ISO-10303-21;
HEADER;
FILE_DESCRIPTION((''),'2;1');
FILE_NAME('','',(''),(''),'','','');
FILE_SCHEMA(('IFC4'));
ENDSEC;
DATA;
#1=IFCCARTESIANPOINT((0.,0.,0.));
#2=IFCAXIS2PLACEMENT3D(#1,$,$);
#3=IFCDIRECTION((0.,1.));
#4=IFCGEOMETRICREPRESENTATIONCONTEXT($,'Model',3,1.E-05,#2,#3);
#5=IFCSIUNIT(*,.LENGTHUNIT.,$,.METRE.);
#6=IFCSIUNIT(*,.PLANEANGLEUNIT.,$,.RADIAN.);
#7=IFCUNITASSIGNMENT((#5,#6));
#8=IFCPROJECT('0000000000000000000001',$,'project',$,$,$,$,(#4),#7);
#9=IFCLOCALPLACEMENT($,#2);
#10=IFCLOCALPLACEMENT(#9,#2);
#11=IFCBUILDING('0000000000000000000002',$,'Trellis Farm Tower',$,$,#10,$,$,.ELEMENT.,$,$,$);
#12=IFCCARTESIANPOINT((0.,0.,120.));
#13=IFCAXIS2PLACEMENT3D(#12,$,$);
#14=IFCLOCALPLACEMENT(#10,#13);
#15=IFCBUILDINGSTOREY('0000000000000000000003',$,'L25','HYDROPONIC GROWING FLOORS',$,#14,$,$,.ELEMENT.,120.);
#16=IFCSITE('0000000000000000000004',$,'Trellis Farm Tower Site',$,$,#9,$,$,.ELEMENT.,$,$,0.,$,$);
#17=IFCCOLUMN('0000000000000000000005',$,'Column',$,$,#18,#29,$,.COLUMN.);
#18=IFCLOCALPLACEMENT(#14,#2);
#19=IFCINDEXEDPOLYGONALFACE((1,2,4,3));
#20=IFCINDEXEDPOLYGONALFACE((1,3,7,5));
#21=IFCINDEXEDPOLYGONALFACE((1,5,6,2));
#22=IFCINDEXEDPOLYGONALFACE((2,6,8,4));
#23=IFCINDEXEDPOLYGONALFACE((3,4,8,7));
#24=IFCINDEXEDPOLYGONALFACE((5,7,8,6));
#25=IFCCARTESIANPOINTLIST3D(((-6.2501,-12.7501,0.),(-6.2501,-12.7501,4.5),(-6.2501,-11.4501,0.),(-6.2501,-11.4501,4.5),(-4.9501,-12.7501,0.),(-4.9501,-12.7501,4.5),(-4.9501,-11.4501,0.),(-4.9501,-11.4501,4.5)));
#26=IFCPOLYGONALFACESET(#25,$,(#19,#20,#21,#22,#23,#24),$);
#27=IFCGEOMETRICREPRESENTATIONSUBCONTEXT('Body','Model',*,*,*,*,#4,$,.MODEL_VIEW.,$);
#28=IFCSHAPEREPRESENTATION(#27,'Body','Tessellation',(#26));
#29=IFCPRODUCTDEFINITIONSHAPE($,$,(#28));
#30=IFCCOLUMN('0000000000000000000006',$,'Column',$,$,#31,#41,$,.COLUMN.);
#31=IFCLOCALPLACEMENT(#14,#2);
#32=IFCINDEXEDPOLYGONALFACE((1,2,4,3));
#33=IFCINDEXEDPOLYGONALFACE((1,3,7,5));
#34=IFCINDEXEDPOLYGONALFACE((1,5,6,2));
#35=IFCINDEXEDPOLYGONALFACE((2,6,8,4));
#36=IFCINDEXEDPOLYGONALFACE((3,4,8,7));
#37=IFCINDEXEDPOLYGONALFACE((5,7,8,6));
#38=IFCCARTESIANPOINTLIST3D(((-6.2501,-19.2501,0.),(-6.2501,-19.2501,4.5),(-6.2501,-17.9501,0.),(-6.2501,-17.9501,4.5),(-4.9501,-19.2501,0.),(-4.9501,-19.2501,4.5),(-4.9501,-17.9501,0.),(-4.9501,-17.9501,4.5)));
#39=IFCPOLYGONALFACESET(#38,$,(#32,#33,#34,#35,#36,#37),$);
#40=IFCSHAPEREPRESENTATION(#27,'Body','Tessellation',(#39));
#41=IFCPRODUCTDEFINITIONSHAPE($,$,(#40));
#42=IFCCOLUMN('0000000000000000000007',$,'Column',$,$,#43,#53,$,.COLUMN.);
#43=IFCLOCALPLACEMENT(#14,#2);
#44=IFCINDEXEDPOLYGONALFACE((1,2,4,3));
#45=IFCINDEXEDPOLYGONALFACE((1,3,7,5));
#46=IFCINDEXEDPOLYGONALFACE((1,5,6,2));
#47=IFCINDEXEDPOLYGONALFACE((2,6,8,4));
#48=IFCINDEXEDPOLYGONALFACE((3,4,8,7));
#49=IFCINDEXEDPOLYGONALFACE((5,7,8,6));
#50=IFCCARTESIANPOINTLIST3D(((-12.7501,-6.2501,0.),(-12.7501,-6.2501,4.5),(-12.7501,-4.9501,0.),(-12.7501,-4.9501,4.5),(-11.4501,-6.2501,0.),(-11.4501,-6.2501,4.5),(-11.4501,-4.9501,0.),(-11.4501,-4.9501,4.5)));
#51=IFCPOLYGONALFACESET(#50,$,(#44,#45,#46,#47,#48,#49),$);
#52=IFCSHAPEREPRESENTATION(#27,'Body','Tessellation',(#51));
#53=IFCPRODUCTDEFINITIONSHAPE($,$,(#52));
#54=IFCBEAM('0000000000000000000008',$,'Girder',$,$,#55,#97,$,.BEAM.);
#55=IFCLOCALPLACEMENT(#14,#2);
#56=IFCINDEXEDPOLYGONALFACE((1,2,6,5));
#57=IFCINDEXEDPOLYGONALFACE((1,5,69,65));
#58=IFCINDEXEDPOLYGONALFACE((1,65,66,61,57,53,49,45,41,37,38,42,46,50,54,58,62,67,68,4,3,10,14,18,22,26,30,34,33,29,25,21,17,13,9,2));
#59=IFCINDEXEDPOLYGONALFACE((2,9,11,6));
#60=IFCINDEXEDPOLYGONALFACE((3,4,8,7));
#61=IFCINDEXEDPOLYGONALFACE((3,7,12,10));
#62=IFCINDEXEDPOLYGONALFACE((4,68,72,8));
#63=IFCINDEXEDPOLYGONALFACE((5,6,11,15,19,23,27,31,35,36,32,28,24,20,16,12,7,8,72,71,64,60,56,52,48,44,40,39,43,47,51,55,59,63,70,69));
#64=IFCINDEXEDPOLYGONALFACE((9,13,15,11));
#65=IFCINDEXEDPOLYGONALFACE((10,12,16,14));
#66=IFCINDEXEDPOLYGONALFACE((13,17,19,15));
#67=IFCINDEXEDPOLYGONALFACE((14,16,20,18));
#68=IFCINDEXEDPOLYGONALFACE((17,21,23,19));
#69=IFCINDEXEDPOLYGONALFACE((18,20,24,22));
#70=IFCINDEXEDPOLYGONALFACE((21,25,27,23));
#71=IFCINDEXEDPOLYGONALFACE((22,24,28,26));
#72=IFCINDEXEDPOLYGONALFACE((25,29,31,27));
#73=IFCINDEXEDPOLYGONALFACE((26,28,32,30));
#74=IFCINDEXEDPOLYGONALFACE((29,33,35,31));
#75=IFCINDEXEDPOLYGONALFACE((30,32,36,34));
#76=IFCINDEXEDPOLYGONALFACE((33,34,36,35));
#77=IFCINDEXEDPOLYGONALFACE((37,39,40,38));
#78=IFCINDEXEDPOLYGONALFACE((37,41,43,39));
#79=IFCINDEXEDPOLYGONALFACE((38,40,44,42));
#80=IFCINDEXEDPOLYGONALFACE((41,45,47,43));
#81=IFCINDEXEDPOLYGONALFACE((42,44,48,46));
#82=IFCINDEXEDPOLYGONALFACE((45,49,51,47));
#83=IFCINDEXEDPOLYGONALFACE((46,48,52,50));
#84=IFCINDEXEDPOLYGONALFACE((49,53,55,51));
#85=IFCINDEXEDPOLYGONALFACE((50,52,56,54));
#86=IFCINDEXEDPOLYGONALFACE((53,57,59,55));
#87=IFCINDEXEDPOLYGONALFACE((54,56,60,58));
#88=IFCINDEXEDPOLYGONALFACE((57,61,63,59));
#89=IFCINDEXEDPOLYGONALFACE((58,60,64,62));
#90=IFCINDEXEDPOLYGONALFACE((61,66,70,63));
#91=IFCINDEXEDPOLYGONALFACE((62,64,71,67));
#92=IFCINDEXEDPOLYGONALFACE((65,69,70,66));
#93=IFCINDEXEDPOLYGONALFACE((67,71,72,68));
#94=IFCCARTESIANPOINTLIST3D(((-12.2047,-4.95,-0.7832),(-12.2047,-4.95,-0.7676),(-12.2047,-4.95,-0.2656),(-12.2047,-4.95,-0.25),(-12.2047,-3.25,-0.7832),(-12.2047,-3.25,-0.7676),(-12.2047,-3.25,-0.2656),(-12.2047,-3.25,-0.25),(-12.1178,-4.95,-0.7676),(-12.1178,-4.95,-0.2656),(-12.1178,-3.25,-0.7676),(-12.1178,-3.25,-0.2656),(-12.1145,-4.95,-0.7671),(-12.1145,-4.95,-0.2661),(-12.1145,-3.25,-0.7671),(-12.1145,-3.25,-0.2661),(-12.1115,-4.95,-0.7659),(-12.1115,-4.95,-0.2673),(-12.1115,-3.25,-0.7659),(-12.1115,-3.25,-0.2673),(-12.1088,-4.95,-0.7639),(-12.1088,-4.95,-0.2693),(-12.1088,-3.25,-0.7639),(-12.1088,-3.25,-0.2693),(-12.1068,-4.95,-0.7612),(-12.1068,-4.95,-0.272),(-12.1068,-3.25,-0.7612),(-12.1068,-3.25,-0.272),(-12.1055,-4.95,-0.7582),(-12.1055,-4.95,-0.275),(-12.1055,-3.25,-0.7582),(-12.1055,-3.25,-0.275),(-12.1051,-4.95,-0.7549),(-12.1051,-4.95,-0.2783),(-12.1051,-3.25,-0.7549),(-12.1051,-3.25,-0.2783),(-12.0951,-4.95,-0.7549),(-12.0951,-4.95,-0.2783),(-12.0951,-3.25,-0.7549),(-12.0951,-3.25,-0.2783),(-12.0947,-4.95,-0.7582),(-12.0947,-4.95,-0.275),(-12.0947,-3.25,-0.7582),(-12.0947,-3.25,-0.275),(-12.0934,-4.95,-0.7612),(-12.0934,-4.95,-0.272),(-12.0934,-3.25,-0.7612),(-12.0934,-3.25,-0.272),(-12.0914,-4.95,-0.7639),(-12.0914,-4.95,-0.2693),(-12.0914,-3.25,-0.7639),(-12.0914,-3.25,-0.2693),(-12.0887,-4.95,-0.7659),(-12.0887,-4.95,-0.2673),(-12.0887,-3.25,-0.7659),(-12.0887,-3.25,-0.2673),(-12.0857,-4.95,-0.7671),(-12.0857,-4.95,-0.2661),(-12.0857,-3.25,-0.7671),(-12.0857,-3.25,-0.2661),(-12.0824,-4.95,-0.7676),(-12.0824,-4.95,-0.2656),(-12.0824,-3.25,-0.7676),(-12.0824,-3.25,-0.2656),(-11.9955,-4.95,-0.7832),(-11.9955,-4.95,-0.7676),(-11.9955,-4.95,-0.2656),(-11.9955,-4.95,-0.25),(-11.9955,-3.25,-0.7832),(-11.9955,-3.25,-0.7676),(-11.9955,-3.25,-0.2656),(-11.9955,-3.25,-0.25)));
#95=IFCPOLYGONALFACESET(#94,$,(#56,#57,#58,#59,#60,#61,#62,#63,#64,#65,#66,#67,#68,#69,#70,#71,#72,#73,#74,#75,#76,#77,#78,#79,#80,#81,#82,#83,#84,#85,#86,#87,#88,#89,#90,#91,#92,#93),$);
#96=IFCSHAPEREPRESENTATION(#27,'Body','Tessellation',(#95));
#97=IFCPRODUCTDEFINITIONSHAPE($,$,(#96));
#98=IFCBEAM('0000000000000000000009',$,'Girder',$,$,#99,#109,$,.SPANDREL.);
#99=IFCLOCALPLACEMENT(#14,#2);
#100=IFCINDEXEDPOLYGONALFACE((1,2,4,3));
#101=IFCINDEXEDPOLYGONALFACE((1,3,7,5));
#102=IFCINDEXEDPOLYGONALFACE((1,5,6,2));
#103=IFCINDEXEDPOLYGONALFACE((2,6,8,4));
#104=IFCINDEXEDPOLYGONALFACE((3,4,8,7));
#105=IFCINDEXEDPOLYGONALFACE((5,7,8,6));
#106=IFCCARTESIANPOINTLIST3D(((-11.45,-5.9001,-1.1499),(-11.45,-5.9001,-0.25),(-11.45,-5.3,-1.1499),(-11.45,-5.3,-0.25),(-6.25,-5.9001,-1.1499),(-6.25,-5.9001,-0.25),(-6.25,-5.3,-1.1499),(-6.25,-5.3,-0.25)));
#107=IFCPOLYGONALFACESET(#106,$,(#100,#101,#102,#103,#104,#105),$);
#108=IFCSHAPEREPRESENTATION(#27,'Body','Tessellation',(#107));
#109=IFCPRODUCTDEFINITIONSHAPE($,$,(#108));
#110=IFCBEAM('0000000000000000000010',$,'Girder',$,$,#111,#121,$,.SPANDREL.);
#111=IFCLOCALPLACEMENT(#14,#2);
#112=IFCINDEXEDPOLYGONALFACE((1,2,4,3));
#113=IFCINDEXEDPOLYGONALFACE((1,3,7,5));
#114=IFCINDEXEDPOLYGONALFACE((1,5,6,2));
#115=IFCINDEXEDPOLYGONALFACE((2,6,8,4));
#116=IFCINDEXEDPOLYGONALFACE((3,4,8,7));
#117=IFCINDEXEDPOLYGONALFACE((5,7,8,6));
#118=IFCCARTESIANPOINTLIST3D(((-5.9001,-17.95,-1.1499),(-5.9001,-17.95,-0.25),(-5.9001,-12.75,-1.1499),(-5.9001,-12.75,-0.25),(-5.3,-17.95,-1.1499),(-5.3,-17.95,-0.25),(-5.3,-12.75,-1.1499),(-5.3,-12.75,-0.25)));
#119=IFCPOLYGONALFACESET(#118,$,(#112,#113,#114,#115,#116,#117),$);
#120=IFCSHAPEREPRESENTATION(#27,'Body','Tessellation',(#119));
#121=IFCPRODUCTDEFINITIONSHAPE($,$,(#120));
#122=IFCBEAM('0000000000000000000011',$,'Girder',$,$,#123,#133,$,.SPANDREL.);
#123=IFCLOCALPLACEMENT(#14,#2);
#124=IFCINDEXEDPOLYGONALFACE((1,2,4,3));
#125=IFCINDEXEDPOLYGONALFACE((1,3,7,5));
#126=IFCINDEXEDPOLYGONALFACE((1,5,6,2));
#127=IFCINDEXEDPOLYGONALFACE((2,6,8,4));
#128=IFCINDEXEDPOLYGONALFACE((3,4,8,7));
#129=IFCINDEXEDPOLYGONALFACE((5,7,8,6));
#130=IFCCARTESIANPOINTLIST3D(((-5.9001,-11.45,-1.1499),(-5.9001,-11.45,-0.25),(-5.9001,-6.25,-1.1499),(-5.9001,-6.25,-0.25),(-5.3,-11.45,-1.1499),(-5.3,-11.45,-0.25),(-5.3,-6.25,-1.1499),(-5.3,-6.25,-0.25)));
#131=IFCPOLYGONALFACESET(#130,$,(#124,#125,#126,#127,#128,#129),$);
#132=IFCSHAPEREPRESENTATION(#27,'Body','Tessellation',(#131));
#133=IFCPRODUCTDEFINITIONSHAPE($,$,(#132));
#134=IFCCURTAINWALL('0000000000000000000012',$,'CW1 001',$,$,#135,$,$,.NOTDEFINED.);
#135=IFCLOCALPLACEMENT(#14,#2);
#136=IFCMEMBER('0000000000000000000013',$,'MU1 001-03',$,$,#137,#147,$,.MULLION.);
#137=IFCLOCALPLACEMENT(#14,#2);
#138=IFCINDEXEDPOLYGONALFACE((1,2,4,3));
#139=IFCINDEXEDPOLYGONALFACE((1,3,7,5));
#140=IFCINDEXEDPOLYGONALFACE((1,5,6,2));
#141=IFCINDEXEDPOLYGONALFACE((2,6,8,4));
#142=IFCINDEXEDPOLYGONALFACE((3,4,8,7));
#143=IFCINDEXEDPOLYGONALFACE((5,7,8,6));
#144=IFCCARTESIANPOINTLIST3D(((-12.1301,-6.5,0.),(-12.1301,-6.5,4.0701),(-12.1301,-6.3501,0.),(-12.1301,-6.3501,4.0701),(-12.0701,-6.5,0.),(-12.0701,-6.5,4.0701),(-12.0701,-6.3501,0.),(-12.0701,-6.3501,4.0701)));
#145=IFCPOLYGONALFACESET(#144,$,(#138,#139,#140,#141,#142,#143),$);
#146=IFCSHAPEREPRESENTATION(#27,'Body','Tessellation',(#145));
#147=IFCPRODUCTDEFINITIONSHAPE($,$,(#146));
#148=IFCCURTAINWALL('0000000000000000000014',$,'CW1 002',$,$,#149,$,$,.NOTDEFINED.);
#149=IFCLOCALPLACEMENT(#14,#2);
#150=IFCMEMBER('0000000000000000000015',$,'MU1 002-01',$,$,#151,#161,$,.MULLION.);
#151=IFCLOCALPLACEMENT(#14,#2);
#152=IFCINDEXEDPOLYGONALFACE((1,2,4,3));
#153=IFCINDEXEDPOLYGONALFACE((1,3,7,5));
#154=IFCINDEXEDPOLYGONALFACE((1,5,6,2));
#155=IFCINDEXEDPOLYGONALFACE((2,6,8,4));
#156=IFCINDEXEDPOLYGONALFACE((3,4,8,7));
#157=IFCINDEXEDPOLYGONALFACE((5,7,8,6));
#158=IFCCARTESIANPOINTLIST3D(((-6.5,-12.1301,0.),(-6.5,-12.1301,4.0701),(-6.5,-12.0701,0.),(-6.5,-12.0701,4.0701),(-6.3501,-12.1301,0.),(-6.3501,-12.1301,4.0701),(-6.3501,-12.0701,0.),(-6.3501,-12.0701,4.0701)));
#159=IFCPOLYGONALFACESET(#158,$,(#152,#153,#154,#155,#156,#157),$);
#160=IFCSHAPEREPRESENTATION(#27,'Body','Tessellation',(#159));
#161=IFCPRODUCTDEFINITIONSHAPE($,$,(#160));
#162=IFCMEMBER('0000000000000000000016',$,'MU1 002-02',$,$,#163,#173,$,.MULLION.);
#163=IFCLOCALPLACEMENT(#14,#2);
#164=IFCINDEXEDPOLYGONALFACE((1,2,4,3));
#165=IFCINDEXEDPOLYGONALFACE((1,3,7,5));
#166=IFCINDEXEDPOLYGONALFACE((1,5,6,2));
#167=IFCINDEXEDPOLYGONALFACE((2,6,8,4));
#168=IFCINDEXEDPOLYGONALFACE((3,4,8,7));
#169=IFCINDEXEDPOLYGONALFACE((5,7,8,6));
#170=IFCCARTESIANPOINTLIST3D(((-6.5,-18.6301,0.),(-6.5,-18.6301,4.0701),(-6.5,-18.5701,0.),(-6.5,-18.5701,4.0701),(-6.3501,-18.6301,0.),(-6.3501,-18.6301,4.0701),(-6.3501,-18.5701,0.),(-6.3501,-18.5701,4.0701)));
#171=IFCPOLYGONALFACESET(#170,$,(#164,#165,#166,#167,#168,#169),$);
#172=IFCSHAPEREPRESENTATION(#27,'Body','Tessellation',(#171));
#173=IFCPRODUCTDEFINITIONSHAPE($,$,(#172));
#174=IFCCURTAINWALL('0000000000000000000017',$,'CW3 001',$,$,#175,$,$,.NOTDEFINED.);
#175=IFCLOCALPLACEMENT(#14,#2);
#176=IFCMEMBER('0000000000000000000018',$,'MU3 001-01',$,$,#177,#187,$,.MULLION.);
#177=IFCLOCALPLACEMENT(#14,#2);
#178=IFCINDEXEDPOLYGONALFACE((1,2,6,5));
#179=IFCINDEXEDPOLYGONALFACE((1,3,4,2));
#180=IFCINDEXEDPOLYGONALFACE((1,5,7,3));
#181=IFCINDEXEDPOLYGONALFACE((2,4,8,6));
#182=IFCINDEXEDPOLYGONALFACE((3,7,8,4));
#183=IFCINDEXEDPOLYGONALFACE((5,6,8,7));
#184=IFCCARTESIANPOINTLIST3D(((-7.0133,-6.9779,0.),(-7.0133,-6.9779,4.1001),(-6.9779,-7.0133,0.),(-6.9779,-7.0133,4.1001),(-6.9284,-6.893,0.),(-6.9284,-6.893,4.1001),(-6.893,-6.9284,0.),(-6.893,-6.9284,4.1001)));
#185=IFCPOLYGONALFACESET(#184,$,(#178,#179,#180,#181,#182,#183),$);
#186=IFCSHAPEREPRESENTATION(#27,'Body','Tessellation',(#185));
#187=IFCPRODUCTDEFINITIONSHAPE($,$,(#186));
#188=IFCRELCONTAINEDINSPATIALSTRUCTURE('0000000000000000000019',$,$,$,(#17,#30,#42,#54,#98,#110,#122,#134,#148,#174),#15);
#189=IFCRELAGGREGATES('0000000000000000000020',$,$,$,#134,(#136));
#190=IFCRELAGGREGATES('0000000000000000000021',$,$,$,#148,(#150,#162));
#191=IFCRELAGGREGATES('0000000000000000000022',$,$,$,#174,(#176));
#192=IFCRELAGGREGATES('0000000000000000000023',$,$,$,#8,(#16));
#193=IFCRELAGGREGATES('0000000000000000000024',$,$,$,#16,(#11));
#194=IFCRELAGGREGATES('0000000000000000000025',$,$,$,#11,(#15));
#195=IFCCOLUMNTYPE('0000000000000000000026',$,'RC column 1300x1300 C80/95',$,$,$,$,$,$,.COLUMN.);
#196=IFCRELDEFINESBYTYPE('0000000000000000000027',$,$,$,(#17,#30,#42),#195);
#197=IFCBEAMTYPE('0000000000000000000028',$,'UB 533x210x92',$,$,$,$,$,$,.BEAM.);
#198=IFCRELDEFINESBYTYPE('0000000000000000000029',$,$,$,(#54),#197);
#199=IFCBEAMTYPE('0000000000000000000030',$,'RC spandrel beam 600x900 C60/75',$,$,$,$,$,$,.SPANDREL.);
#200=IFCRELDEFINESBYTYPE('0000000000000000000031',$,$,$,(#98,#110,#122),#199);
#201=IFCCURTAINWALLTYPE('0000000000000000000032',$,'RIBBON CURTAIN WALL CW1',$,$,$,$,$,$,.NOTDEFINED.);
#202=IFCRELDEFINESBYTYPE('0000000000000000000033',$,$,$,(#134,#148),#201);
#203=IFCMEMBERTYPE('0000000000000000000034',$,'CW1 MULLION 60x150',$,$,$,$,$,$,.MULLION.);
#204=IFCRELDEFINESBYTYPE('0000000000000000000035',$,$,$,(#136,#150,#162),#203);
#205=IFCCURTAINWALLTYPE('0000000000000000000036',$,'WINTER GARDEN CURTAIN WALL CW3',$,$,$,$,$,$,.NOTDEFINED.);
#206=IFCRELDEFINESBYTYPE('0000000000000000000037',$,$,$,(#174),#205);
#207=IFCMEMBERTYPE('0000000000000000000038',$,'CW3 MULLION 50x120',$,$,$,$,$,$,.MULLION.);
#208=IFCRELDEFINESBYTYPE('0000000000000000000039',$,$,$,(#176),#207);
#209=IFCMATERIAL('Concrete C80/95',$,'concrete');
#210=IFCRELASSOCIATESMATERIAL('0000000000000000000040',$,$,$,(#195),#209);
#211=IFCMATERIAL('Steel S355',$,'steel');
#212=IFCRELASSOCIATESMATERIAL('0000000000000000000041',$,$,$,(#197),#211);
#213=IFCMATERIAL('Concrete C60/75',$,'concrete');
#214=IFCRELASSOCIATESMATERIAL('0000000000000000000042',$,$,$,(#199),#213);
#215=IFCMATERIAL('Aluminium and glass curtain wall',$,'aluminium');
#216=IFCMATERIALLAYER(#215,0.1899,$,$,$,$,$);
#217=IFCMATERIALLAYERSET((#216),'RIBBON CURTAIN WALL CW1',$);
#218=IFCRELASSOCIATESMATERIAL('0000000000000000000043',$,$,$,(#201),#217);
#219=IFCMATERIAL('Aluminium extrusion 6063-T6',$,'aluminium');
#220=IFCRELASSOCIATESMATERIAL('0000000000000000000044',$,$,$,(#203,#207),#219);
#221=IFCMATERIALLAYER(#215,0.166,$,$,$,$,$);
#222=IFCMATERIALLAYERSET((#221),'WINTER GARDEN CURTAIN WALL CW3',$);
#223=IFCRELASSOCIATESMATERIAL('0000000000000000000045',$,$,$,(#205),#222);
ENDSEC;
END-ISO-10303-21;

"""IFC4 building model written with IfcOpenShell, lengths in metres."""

from ifc_helpers import new_model, si_unit, direction, frame, origin, origin_2d, place, context, subcontext, project, spatial, rectangle, i_section, extrude, source, transform, mapped, material, layer, layer_set, material_profile, profile_set, type_object, element, aggregate, save


model = new_model("IFC4")

# Units and contexts
model_context = context("Model", 3, precision=1e-05, world=origin(), true_north=direction((0.0, 1.0)))
body_context = subcontext(model_context, "Body", "Model", "MODEL_VIEW")
ifc_project = project(units=[si_unit("LENGTHUNIT", "METRE"), si_unit("PLANEANGLEUNIT", "RADIAN")], contexts=[model_context])

# Site, building, storey
site_placement = place(None, origin())
site = spatial("IfcSite", under=ifc_project, at=site_placement, Name="Trellis Farm Tower Site", CompositionType="ELEMENT", RefElevation=0.0)
building_placement = place(site_placement, origin())
building = spatial("IfcBuilding", under=site, at=building_placement, Name="Trellis Farm Tower", CompositionType="ELEMENT")
storey_placement = place(building_placement, frame((0.0, 0.0, 120.0)))
storey = spatial("IfcBuildingStorey", under=building, at=storey_placement, Name="L25", Description="HYDROPONIC GROWING FLOORS", CompositionType="ELEMENT", Elevation=120.0)

# Columns
ifc_material_1 = material(Name="Concrete C80/95", Category="concrete")
ifc_material_profile_1 = material_profile(ifc_material_1, rectangle(XDim=1.3, YDim=1.3, at=origin_2d()), Name="RC column 1300x1300 C80/95")
ifc_profile_set_1 = profile_set([ifc_material_profile_1], Name="Concrete C80/95")
column_type = type_object("IfcColumnType", Name="RC column 1300x1300 C80/95", PredefinedType="COLUMN", material=ifc_profile_set_1)
shared_shape_1 = source(origin(), body_context, "Body", "SweptSolid", [
    extrude(rectangle(XDim=1.3, YDim=1.3, at=origin_2d()), origin(), (0.0, 0.0, 1.0), 4.5),
])
for number, where, z_axis, x_axis, name in (
    (1, (-5.6001, -12.1001, 0.0), (0.0, 0.0, 1.0), (1.0, 0.0, 0.0), "Column"),
    (2, (-5.6001, -18.6001, 0.0), (0.0, 0.0, 1.0), (1.0, 0.0, 0.0), "Column"),
    (3, (-12.1001, -5.6001, 0.0), (0.0, 0.0, 1.0), (1.0, 0.0, 0.0), "Column"),
):
    element("IfcColumn", number, at=place(storey_placement, frame(where, z_axis=z_axis, x_axis=x_axis)), inside=storey, type_object=column_type, Name=name, PredefinedType="COLUMN", context=body_context, shape_type="MappedRepresentation", body=[
        mapped(shared_shape_1, transform((0.0, 0.0, 0.0))),
    ])

# Beams
ifc_material_2 = material(Name="Steel S355", Category="steel")
ifc_material_profile_2 = material_profile(ifc_material_2, i_section(OverallWidth=0.2092, OverallDepth=0.5332, WebThickness=0.01, FlangeThickness=0.0156, FilletRadius=0.0127, at=origin_2d()), Name="UB 533x210x92")
ifc_profile_set_2 = profile_set([ifc_material_profile_2], Name="Steel S355")
beam_type_1 = type_object("IfcBeamType", Name="UB 533x210x92", PredefinedType="BEAM", material=ifc_profile_set_2)
shared_shape_2 = source(origin(), body_context, "Body", "SweptSolid", [
    extrude(i_section(OverallWidth=0.2092, OverallDepth=0.5332, WebThickness=0.01, FlangeThickness=0.0156, FilletRadius=0.0127, at=origin_2d()), origin(), (0.0, 0.0, 1.0), 1.7),
])
beam_placement = place(storey_placement, frame((-12.1001, -4.95, -0.5166), z_axis=(0.0, 1.0, 0.0), x_axis=(-1.0, 0.0, 0.0)))
element("IfcBeam", 4, at=beam_placement, inside=storey, type_object=beam_type_1, Name="Girder", PredefinedType="BEAM", context=body_context, shape_type="MappedRepresentation", body=[
    mapped(shared_shape_2, transform((0.0, 0.0, 0.0))),
])
ifc_material_3 = material(Name="Concrete C60/75", Category="concrete")
ifc_material_profile_3 = material_profile(ifc_material_3, rectangle(XDim=0.6001, YDim=0.8999, at=origin_2d()), Name="RC spandrel beam 600x900 C60/75")
ifc_profile_set_3 = profile_set([ifc_material_profile_3], Name="Concrete C60/75")
beam_type_2 = type_object("IfcBeamType", Name="RC spandrel beam 600x900 C60/75", PredefinedType="SPANDREL", material=ifc_profile_set_3)
shared_shape_3 = source(origin(), body_context, "Body", "SweptSolid", [
    extrude(rectangle(XDim=0.6001, YDim=0.8999, at=origin_2d()), origin(), (0.0, 0.0, 1.0), 5.2),
])
for number, where, z_axis, x_axis, name in (
    (5, (-11.45, -5.6001, -0.7), (1.0, 0.0, 0.0), (0.0, 1.0, 0.0), "Girder"),
    (6, (-5.6001, -17.95, -0.7), (0.0, 1.0, 0.0), (-1.0, 0.0, 0.0), "Girder"),
    (7, (-5.6001, -11.45, -0.7), (0.0, 1.0, 0.0), (-1.0, 0.0, 0.0), "Girder"),
):
    element("IfcBeam", number, at=place(storey_placement, frame(where, z_axis=z_axis, x_axis=x_axis)), inside=storey, type_object=beam_type_2, Name=name, PredefinedType="SPANDREL", context=body_context, shape_type="MappedRepresentation", body=[
        mapped(shared_shape_3, transform((0.0, 0.0, 0.0))),
    ])

# Curtain wall, member
ifc_material_4 = material(Name="Aluminium and glass curtain wall", Category="aluminium")
ifc_layer_1 = layer(ifc_material_4, 0.1899)
ifc_layer_set_1 = layer_set([ifc_layer_1], Name="RIBBON CURTAIN WALL CW1")
curtain_wall_type_1 = type_object("IfcCurtainWallType", Name="RIBBON CURTAIN WALL CW1", PredefinedType="NOTDEFINED", material=ifc_layer_set_1)
placement = place(storey_placement, origin())
curtain_wall_1 = element("IfcCurtainWall", 8, at=placement, inside=storey, type_object=curtain_wall_type_1, Name="CW1 001", PredefinedType="NOTDEFINED")
ifc_material_5 = material(Name="Aluminium extrusion 6063-T6", Category="aluminium")
ifc_material_profile_4 = material_profile(ifc_material_5, rectangle(XDim=0.0601, YDim=0.1499, at=origin_2d()), Name="MULLION 60x150")
ifc_profile_set_4 = profile_set([ifc_material_profile_4], Name="Aluminium extrusion 6063-T6")
member_type_1 = type_object("IfcMemberType", Name="CW1 MULLION 60x150", PredefinedType="MULLION", material=ifc_profile_set_4)
shared_shape_4 = source(origin(), body_context, "Body", "SweptSolid", [
    extrude(rectangle(XDim=0.0601, YDim=0.1499, at=origin_2d()), origin(), (0.0, 0.0, 1.0), 4.0701),
])
member_1_placement = place(storey_placement, frame((-12.1001, -6.425, 0.0), z_axis=(0.0, 0.0, 1.0), x_axis=(1.0, 0.0, 0.0)))
member_1 = element("IfcMember", 9, at=member_1_placement, type_object=member_type_1, Name="MU1 001-03", PredefinedType="MULLION", context=body_context, shape_type="MappedRepresentation", body=[
    mapped(shared_shape_4, transform((0.0, 0.0, 0.0))),
])
aggregate(curtain_wall_1, [member_1])

# Curtain wall, members
curtain_wall_2 = element("IfcCurtainWall", 10, at=placement, inside=storey, type_object=curtain_wall_type_1, Name="CW1 002", PredefinedType="NOTDEFINED")
member_2_placement = place(storey_placement, frame((-6.425, -12.1001, 0.0), z_axis=(0.0, 0.0, 1.0), x_axis=(0.0, -1.0, 0.0)))
member_2 = element("IfcMember", 11, at=member_2_placement, type_object=member_type_1, Name="MU1 002-01", PredefinedType="MULLION", context=body_context, shape_type="MappedRepresentation", body=[
    mapped(shared_shape_4, transform((0.0, 0.0, 0.0))),
])
member_3_placement = place(storey_placement, frame((-6.425, -18.6001, 0.0), z_axis=(0.0, 0.0, 1.0), x_axis=(0.0, -1.0, 0.0)))
member_3 = element("IfcMember", 12, at=member_3_placement, type_object=member_type_1, Name="MU1 002-02", PredefinedType="MULLION", context=body_context, shape_type="MappedRepresentation", body=[
    mapped(shared_shape_4, transform((0.0, 0.0, 0.0))),
])
aggregate(curtain_wall_2, [member_2, member_3])

# Curtain wall, member
ifc_layer_2 = layer(ifc_material_4, 0.166)
ifc_layer_set_2 = layer_set([ifc_layer_2], Name="WINTER GARDEN CURTAIN WALL CW3")
curtain_wall_type_2 = type_object("IfcCurtainWallType", Name="WINTER GARDEN CURTAIN WALL CW3", PredefinedType="NOTDEFINED", material=ifc_layer_set_2)
curtain_wall_3 = element("IfcCurtainWall", 13, at=placement, inside=storey, type_object=curtain_wall_type_2, Name="CW3 001", PredefinedType="NOTDEFINED")
ifc_material_profile_5 = material_profile(ifc_material_5, rectangle(XDim=0.05, YDim=0.1201, at=origin_2d()), Name="MULLION 50x120")
ifc_profile_set_5 = profile_set([ifc_material_profile_5], Name="Aluminium extrusion 6063-T6")
member_type_2 = type_object("IfcMemberType", Name="CW3 MULLION 50x120", PredefinedType="MULLION", material=ifc_profile_set_5)
shared_shape_5 = source(origin(), body_context, "Body", "SweptSolid", [
    extrude(rectangle(XDim=0.05, YDim=0.1201, at=origin_2d()), origin(), (0.0, 0.0, 1.0), 4.1001),
])
member_4_placement = place(storey_placement, frame((-6.9531, -6.9531, 0.0), z_axis=(0.0, 0.0, 1.0), x_axis=(0.707107, -0.707107, 0.0)))
member_4 = element("IfcMember", 14, at=member_4_placement, type_object=member_type_2, Name="MU3 001-01", PredefinedType="MULLION", context=body_context, shape_type="MappedRepresentation", body=[
    mapped(shared_shape_5, transform((0.0, 0.0, 0.0))),
])
aggregate(curtain_wall_3, [member_4])

save(model, "model.ifc")
